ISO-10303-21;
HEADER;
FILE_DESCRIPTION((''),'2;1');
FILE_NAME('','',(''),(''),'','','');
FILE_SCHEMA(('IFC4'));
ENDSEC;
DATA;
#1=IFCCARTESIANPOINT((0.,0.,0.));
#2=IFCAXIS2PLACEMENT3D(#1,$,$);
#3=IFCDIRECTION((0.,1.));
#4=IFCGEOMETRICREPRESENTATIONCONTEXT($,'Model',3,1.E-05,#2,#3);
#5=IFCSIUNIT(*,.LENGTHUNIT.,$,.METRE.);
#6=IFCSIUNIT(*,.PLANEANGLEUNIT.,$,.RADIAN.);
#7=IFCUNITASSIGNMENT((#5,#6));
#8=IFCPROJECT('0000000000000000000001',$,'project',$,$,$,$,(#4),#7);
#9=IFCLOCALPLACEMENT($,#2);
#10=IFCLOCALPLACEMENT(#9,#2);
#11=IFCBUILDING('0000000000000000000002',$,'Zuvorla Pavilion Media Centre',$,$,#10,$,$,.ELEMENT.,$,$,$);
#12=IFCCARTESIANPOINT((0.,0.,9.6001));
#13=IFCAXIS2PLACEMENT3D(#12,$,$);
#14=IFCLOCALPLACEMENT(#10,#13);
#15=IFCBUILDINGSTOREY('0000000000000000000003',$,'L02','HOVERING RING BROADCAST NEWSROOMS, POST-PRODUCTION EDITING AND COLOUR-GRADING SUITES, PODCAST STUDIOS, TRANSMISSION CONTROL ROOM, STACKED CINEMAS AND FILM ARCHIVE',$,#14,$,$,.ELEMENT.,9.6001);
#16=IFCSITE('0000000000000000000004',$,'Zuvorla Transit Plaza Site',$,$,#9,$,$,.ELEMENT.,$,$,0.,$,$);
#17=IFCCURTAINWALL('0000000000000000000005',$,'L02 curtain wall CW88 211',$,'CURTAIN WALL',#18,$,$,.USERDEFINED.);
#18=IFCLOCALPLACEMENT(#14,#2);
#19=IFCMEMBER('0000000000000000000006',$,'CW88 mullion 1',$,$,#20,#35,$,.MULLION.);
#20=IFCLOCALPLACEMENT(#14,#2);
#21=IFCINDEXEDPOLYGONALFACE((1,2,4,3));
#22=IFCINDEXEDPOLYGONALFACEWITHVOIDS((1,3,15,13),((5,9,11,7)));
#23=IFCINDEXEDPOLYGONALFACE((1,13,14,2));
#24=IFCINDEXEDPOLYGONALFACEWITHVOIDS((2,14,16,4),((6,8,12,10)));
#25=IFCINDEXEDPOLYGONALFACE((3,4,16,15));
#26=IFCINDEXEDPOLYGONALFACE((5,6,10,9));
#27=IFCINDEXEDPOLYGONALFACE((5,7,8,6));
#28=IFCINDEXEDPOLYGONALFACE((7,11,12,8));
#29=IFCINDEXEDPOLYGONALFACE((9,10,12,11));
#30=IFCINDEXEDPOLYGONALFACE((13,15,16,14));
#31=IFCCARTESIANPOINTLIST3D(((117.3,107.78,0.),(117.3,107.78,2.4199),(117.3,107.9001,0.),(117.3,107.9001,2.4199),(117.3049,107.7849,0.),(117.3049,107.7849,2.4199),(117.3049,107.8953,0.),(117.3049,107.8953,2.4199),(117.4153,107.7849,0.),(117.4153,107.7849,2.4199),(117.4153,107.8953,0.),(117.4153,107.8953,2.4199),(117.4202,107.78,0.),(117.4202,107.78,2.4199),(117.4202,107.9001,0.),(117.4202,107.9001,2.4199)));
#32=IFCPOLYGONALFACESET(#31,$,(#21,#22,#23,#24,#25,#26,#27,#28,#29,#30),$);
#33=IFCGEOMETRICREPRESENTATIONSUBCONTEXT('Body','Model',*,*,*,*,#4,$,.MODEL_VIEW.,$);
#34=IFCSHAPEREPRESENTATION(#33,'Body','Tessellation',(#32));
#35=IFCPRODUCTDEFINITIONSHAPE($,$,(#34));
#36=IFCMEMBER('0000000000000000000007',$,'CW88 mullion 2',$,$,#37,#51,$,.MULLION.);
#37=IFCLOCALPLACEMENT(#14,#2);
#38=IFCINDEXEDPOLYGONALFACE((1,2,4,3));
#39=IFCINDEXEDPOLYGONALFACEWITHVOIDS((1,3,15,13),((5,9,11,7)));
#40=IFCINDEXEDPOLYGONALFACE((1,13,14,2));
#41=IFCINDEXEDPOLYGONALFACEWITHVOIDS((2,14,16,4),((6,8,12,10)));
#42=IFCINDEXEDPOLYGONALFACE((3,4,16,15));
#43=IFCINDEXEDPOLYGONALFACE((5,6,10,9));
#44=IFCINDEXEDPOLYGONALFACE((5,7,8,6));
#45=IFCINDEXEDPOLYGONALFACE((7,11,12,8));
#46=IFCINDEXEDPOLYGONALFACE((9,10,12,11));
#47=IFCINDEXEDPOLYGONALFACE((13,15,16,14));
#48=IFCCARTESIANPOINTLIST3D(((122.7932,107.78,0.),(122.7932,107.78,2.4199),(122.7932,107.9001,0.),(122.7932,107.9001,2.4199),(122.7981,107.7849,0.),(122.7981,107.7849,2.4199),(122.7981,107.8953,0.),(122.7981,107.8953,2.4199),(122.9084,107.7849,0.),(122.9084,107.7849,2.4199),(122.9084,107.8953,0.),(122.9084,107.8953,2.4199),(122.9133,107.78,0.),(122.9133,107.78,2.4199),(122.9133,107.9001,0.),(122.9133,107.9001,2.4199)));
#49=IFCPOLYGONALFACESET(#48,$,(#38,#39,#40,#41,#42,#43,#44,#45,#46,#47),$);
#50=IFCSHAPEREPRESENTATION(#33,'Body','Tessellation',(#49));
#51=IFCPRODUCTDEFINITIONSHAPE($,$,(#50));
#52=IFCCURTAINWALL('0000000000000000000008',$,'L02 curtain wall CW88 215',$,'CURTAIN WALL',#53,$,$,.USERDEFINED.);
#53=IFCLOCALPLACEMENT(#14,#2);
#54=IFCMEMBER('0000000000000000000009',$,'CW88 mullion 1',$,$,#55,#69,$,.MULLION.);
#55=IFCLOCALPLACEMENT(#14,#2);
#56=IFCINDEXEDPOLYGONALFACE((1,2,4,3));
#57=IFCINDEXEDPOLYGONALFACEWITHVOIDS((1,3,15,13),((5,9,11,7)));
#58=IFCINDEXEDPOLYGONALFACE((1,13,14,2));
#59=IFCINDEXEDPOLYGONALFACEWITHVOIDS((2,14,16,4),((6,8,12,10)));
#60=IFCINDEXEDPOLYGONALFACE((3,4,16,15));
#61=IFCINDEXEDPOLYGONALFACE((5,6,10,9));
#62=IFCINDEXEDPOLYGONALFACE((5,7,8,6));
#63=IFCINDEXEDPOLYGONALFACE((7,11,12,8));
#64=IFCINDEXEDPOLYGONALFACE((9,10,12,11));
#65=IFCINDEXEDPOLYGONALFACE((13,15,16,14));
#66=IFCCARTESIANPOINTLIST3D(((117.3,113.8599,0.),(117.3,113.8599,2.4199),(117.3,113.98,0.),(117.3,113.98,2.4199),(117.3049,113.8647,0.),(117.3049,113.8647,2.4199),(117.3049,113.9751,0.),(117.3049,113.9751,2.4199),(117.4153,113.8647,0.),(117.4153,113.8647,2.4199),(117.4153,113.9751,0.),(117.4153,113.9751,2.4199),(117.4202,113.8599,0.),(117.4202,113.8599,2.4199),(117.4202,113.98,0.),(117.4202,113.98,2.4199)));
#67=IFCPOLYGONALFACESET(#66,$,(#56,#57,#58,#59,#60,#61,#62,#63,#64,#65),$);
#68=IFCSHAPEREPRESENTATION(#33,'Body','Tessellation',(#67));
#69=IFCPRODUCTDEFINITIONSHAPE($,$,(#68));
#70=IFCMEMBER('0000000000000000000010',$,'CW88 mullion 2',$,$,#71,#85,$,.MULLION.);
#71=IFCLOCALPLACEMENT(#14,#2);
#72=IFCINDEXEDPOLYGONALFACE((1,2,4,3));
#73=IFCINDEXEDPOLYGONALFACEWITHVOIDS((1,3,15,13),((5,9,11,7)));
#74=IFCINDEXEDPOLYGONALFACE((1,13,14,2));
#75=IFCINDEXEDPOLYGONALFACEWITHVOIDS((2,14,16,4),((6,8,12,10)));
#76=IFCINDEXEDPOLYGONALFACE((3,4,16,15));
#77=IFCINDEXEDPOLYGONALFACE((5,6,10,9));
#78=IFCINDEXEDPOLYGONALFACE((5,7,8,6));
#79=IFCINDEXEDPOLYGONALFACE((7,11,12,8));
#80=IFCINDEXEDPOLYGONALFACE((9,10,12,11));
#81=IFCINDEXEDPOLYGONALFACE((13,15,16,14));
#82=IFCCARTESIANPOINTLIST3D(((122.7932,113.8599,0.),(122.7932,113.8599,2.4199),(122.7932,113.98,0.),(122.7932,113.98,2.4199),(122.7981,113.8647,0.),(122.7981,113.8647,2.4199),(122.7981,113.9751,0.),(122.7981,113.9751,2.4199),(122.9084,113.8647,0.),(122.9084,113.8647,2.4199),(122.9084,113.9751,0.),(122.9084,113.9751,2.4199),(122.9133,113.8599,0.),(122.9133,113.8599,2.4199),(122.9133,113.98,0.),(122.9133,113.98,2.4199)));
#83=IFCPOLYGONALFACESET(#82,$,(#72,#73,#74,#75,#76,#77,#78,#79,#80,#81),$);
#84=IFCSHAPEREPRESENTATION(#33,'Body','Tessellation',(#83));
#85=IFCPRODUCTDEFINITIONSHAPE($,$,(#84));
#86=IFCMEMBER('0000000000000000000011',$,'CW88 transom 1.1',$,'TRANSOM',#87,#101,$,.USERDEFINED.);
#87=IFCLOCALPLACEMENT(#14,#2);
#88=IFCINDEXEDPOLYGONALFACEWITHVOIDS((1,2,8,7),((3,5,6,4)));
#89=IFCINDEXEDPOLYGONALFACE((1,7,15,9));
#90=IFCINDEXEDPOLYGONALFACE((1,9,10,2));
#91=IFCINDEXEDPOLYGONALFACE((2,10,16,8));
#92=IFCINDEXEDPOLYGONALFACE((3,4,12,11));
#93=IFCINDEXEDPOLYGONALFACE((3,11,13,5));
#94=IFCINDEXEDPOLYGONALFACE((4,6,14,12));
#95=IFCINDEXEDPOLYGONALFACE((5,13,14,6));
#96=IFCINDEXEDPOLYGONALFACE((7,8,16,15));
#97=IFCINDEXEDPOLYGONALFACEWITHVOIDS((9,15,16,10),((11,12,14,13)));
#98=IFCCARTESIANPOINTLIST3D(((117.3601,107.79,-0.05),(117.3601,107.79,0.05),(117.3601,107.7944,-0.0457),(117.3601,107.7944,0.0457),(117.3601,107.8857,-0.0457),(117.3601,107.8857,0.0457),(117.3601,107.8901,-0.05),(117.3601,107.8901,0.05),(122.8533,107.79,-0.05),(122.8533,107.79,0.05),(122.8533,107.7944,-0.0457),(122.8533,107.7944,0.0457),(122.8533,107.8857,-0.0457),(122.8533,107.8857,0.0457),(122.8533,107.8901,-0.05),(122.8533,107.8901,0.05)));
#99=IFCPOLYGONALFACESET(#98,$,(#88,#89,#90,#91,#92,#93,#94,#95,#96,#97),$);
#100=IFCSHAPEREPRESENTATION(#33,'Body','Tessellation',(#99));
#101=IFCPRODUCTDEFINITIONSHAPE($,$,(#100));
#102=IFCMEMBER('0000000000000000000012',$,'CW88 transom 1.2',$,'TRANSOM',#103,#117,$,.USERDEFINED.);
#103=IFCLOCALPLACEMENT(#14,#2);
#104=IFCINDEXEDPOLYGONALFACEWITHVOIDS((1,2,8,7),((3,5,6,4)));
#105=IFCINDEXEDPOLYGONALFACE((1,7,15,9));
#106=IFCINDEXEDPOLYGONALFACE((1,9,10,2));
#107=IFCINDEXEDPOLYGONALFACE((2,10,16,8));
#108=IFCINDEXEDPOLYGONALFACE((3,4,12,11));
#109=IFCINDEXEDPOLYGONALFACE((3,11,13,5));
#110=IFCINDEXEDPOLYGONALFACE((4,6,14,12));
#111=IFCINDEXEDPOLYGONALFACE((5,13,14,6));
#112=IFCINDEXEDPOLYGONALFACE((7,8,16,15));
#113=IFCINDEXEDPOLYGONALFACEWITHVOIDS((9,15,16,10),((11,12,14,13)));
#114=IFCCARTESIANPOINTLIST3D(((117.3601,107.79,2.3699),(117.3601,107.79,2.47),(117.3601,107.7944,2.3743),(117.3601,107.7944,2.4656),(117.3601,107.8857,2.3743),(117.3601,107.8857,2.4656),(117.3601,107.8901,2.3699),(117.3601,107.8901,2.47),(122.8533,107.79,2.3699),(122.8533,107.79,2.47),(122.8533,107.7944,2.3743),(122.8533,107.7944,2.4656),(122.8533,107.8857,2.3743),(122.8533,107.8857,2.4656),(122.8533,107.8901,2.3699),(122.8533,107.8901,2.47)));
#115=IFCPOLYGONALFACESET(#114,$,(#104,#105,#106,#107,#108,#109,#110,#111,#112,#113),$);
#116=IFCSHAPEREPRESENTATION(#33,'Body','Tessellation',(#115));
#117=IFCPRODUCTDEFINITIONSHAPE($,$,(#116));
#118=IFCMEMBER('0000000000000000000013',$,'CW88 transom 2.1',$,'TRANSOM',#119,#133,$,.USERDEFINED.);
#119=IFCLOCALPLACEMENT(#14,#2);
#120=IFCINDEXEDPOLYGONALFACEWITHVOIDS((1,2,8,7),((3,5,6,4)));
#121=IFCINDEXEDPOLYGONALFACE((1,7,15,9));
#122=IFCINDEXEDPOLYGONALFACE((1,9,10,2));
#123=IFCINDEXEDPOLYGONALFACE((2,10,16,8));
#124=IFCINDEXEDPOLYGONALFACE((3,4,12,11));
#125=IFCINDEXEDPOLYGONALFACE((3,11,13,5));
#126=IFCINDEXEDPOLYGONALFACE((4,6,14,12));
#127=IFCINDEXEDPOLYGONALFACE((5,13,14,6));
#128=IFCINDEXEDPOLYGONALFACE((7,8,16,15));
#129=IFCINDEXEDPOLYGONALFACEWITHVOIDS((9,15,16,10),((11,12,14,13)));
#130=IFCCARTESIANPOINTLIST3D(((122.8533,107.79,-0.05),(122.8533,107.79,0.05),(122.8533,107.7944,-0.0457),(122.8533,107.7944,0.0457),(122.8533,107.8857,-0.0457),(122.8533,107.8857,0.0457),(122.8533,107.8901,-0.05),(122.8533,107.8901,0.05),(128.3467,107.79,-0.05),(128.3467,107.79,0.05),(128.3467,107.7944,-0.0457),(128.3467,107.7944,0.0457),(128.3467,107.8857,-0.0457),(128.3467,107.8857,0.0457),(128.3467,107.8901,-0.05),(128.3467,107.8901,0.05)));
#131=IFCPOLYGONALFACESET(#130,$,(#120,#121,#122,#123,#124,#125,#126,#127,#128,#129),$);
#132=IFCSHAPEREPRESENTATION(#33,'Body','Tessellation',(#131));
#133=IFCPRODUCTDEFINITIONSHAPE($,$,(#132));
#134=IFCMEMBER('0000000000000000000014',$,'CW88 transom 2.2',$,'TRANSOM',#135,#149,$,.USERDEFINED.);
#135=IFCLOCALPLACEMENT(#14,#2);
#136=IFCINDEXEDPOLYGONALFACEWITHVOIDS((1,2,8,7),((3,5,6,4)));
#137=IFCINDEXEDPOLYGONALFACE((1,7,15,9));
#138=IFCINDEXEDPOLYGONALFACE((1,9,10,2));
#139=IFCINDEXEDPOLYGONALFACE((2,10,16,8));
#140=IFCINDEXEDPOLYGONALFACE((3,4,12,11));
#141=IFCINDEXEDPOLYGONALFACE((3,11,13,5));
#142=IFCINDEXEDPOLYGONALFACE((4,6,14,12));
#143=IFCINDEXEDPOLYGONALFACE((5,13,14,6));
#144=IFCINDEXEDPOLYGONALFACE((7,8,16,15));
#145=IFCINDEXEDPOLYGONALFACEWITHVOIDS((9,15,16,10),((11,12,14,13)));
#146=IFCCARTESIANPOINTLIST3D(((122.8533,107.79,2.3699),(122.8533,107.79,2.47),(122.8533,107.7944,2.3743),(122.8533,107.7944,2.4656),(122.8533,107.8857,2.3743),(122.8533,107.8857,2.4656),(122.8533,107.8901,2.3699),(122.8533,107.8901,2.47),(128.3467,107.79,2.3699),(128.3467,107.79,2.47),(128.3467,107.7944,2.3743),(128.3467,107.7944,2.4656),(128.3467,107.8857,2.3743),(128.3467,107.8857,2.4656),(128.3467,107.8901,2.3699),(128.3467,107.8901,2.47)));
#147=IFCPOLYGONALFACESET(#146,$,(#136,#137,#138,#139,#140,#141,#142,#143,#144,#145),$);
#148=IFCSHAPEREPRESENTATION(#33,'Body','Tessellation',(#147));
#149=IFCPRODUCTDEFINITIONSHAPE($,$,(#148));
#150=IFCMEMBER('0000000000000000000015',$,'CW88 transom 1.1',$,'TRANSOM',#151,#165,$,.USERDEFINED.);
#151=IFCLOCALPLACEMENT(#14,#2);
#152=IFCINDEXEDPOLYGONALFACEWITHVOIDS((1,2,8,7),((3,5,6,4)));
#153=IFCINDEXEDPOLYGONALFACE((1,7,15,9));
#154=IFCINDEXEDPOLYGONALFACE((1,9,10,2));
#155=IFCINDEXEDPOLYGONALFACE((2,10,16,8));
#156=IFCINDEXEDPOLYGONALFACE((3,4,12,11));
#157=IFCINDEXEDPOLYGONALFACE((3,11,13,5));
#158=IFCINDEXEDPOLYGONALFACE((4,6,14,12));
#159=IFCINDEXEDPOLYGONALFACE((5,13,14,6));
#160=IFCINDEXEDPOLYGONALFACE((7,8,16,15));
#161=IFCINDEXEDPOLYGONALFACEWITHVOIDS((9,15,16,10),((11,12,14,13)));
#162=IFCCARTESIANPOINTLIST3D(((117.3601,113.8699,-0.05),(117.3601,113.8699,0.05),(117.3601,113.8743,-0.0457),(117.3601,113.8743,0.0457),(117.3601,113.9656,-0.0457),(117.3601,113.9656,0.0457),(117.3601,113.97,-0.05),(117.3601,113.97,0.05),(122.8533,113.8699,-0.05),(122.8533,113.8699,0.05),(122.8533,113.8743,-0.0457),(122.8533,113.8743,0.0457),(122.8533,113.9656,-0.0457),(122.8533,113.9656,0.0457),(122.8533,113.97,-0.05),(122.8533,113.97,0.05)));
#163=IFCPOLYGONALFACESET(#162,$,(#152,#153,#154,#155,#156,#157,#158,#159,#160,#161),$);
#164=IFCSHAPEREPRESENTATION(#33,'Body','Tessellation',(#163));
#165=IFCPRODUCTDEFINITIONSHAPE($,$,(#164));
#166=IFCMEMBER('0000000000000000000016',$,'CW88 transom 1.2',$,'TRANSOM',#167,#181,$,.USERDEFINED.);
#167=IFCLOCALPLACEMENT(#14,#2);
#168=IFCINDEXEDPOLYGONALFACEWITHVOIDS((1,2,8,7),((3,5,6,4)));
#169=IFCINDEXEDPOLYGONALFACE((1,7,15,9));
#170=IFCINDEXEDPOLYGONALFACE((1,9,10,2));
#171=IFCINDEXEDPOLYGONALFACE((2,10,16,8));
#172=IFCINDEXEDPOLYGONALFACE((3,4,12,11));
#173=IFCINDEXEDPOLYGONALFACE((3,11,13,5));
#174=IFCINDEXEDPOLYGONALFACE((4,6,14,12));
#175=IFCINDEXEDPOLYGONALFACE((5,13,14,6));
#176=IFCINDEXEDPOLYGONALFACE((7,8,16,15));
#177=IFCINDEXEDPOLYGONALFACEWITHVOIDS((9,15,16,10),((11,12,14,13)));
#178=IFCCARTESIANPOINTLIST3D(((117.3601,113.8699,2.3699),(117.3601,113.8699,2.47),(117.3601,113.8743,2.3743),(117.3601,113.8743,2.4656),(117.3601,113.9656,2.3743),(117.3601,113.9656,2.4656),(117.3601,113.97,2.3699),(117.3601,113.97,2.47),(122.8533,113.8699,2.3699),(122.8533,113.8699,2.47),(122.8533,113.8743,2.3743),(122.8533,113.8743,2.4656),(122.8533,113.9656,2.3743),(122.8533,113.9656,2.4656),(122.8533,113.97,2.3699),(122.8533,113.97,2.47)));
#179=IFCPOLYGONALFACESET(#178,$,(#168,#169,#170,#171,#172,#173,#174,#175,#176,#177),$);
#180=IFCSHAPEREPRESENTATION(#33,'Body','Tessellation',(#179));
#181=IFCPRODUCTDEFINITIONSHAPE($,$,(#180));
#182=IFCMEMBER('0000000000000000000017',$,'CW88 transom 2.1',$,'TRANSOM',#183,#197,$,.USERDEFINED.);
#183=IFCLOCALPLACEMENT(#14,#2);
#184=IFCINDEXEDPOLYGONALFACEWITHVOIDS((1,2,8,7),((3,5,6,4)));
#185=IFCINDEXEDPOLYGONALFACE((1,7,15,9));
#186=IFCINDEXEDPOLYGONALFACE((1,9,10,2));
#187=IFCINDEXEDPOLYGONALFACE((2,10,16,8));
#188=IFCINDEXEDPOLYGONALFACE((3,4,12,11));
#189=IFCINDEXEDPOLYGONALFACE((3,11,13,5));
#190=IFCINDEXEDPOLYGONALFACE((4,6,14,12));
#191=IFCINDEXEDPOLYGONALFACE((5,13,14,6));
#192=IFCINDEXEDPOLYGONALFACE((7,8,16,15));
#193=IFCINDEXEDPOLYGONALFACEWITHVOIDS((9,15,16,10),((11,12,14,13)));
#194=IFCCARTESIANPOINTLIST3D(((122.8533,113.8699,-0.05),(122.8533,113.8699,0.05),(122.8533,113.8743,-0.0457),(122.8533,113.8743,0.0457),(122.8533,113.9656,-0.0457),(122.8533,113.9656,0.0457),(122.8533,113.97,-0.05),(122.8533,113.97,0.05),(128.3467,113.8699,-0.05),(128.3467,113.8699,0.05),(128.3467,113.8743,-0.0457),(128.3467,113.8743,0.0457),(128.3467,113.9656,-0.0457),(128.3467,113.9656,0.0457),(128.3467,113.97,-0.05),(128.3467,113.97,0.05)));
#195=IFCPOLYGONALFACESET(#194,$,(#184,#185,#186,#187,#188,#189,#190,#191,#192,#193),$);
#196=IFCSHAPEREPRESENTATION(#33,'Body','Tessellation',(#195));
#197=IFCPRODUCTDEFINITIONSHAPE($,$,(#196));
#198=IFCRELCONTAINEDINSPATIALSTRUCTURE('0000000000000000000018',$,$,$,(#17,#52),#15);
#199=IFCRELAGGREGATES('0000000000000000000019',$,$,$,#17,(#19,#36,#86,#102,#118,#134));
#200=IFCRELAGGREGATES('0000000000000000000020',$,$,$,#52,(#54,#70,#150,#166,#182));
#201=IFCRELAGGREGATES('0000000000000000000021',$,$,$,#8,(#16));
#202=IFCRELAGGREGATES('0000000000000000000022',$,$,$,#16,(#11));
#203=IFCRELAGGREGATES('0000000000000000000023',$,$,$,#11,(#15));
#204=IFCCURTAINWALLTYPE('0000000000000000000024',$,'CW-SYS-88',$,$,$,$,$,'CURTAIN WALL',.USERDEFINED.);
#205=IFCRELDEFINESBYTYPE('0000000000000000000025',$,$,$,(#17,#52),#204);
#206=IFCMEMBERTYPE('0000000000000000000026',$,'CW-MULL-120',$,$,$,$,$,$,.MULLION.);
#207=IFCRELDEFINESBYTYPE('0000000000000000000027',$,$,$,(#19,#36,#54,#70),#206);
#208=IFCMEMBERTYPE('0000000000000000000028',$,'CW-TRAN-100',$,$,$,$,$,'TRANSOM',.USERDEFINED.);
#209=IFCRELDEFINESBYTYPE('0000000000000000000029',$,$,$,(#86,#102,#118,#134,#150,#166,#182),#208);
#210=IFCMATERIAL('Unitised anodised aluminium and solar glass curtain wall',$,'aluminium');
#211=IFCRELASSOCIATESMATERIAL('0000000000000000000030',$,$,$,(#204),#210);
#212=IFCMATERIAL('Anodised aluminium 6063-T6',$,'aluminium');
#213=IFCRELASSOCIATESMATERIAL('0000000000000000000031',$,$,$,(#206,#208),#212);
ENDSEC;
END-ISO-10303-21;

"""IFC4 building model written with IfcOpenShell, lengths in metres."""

from ifc_helpers import new_model, si_unit, direction, frame, origin, origin_2d, place, context, subcontext, project, spatial, hollow_rectangle, extrude, material, material_profile, profile_set, type_object, element, aggregate, save


model = new_model("IFC4")

# Units and contexts
model_context = context("Model", 3, precision=1e-05, world=origin(), true_north=direction((0.0, 1.0)))
body_context = subcontext(model_context, "Body", "Model", "MODEL_VIEW")
ifc_project = project(units=[si_unit("LENGTHUNIT", "METRE"), si_unit("PLANEANGLEUNIT", "RADIAN")], contexts=[model_context])

# Site, building, storey
site_placement = place(None, origin())
site = spatial("IfcSite", under=ifc_project, at=site_placement, Name="Zuvorla Transit Plaza Site", CompositionType="ELEMENT", RefElevation=0.0)
building_placement = place(site_placement, origin())
building = spatial("IfcBuilding", under=site, at=building_placement, Name="Zuvorla Pavilion Media Centre", CompositionType="ELEMENT")
storey_placement = place(building_placement, frame((0.0, 0.0, 9.6001)))
storey = spatial("IfcBuildingStorey", under=building, at=storey_placement, Name="L02", Description="HOVERING RING BROADCAST NEWSROOMS, POST-PRODUCTION EDITING AND COLOUR-GRADING SUITES, PODCAST STUDIOS, TRANSMISSION CONTROL ROOM, STACKED CINEMAS AND FILM ARCHIVE", CompositionType="ELEMENT", Elevation=9.6001)

# Curtain walls, members
ifc_material_1 = material(Name="Unitised anodised aluminium and solar glass curtain wall", Category="aluminium")
curtain_wall_type = type_object("IfcCurtainWallType", Name="CW-SYS-88", ElementType="CURTAIN WALL", PredefinedType="USERDEFINED", material=ifc_material_1)
curtain_wall_1_placement = place(storey_placement, origin())
curtain_wall_1 = element("IfcCurtainWall", 1, at=curtain_wall_1_placement, inside=storey, type_object=curtain_wall_type, Name="L02 curtain wall CW88 211", ObjectType="CURTAIN WALL", PredefinedType="USERDEFINED")
ifc_material_2 = material(Name="Anodised aluminium 6063-T6", Category="aluminium")
ifc_material_profile_1 = material_profile(ifc_material_2, hollow_rectangle(XDim=0.1201, YDim=0.1201, WallThickness=0.0049, at=origin_2d()), Name="ALU MULL 120x120")
ifc_profile_set_1 = profile_set([ifc_material_profile_1], Name="Anodised aluminium 6063-T6")
member_type_1 = type_object("IfcMemberType", Name="CW-MULL-120", PredefinedType="MULLION", material=ifc_profile_set_1)
member_1_placement = place(storey_placement, frame((117.3601, 107.8401, 0.0), z_axis=(0.0, 0.0, 1.0), x_axis=(1.0, 0.0, 0.0)))
member_1 = element("IfcMember", 2, at=member_1_placement, type_object=member_type_1, Name="CW88 mullion 1", PredefinedType="MULLION", context=body_context, shape_type="SweptSolid", body=[
    extrude(hollow_rectangle(XDim=0.1201, YDim=0.1201, WallThickness=0.0049, at=origin_2d()), origin(), (0.0, 0.0, 1.0), 2.4199),
])
member_2_placement = place(storey_placement, frame((122.8533, 107.8401, 0.0), z_axis=(0.0, 0.0, 1.0), x_axis=(1.0, 0.0, 0.0)))
member_2 = element("IfcMember", 3, at=member_2_placement, type_object=member_type_1, Name="CW88 mullion 2", PredefinedType="MULLION", context=body_context, shape_type="SweptSolid", body=[
    extrude(hollow_rectangle(XDim=0.1201, YDim=0.1201, WallThickness=0.0049, at=origin_2d()), origin(), (0.0, 0.0, 1.0), 2.4199),
])
curtain_wall_2_placement = place(storey_placement, origin())
curtain_wall_2 = element("IfcCurtainWall", 4, at=curtain_wall_2_placement, inside=storey, type_object=curtain_wall_type, Name="L02 curtain wall CW88 215", ObjectType="CURTAIN WALL", PredefinedType="USERDEFINED")
member_3_placement = place(storey_placement, frame((117.3601, 113.9199, 0.0), z_axis=(0.0, 0.0, 1.0), x_axis=(1.0, 0.0, 0.0)))
member_3 = element("IfcMember", 5, at=member_3_placement, type_object=member_type_1, Name="CW88 mullion 1", PredefinedType="MULLION", context=body_context, shape_type="SweptSolid", body=[
    extrude(hollow_rectangle(XDim=0.1201, YDim=0.1201, WallThickness=0.0049, at=origin_2d()), origin(), (0.0, 0.0, 1.0), 2.4199),
])
member_4_placement = place(storey_placement, frame((122.8533, 113.9199, 0.0), z_axis=(0.0, 0.0, 1.0), x_axis=(1.0, 0.0, 0.0)))
member_4 = element("IfcMember", 6, at=member_4_placement, type_object=member_type_1, Name="CW88 mullion 2", PredefinedType="MULLION", context=body_context, shape_type="SweptSolid", body=[
    extrude(hollow_rectangle(XDim=0.1201, YDim=0.1201, WallThickness=0.0049, at=origin_2d()), origin(), (0.0, 0.0, 1.0), 2.4199),
])

# Members
ifc_material_profile_2 = material_profile(ifc_material_2, hollow_rectangle(XDim=0.1001, YDim=0.1001, WallThickness=0.0044, at=origin_2d()), Name="ALU TRAN 100x100")
ifc_profile_set_2 = profile_set([ifc_material_profile_2], Name="Anodised aluminium 6063-T6")
member_type_2 = type_object("IfcMemberType", Name="CW-TRAN-100", ElementType="TRANSOM", PredefinedType="USERDEFINED", material=ifc_profile_set_2)
member_5_placement = place(storey_placement, frame((117.3601, 107.8401, 0.0), z_axis=(1.0, 0.0, 0.0), x_axis=(0.0, 1.0, 0.0)))
member_5 = element("IfcMember", 7, at=member_5_placement, type_object=member_type_2, Name="CW88 transom 1.1", ObjectType="TRANSOM", PredefinedType="USERDEFINED", context=body_context, shape_type="SweptSolid", body=[
    extrude(hollow_rectangle(XDim=0.1001, YDim=0.1001, WallThickness=0.0044, at=origin_2d()), origin(), (0.0, 0.0, 1.0), 5.4932),
])
member_6_placement = place(storey_placement, frame((117.3601, 107.8401, 2.4199), z_axis=(1.0, 0.0, 0.0), x_axis=(0.0, 1.0, 0.0)))
member_6 = element("IfcMember", 8, at=member_6_placement, type_object=member_type_2, Name="CW88 transom 1.2", ObjectType="TRANSOM", PredefinedType="USERDEFINED", context=body_context, shape_type="SweptSolid", body=[
    extrude(hollow_rectangle(XDim=0.1001, YDim=0.1001, WallThickness=0.0044, at=origin_2d()), origin(), (0.0, 0.0, 1.0), 5.4932),
])
member_7_placement = place(storey_placement, frame((122.8533, 107.8401, 0.0), z_axis=(1.0, 0.0, 0.0), x_axis=(0.0, 1.0, 0.0)))
member_7 = element("IfcMember", 9, at=member_7_placement, type_object=member_type_2, Name="CW88 transom 2.1", ObjectType="TRANSOM", PredefinedType="USERDEFINED", context=body_context, shape_type="SweptSolid", body=[
    extrude(hollow_rectangle(XDim=0.1001, YDim=0.1001, WallThickness=0.0044, at=origin_2d()), origin(), (0.0, 0.0, 1.0), 5.4934),
])
member_8_placement = place(storey_placement, frame((122.8533, 107.8401, 2.4199), z_axis=(1.0, 0.0, 0.0), x_axis=(0.0, 1.0, 0.0)))
member_8 = element("IfcMember", 10, at=member_8_placement, type_object=member_type_2, Name="CW88 transom 2.2", ObjectType="TRANSOM", PredefinedType="USERDEFINED", context=body_context, shape_type="SweptSolid", body=[
    extrude(hollow_rectangle(XDim=0.1001, YDim=0.1001, WallThickness=0.0044, at=origin_2d()), origin(), (0.0, 0.0, 1.0), 5.4934),
])
member_9_placement = place(storey_placement, frame((117.3601, 113.9199, 0.0), z_axis=(1.0, 0.0, 0.0), x_axis=(0.0, 1.0, 0.0)))
member_9 = element("IfcMember", 11, at=member_9_placement, type_object=member_type_2, Name="CW88 transom 1.1", ObjectType="TRANSOM", PredefinedType="USERDEFINED", context=body_context, shape_type="SweptSolid", body=[
    extrude(hollow_rectangle(XDim=0.1001, YDim=0.1001, WallThickness=0.0044, at=origin_2d()), origin(), (0.0, 0.0, 1.0), 5.4932),
])
member_10_placement = place(storey_placement, frame((117.3601, 113.9199, 2.4199), z_axis=(1.0, 0.0, 0.0), x_axis=(0.0, 1.0, 0.0)))
member_10 = element("IfcMember", 12, at=member_10_placement, type_object=member_type_2, Name="CW88 transom 1.2", ObjectType="TRANSOM", PredefinedType="USERDEFINED", context=body_context, shape_type="SweptSolid", body=[
    extrude(hollow_rectangle(XDim=0.1001, YDim=0.1001, WallThickness=0.0044, at=origin_2d()), origin(), (0.0, 0.0, 1.0), 5.4932),
])
member_11_placement = place(storey_placement, frame((122.8533, 113.9199, 0.0), z_axis=(1.0, 0.0, 0.0), x_axis=(0.0, 1.0, 0.0)))
member_11 = element("IfcMember", 13, at=member_11_placement, type_object=member_type_2, Name="CW88 transom 2.1", ObjectType="TRANSOM", PredefinedType="USERDEFINED", context=body_context, shape_type="SweptSolid", body=[
    extrude(hollow_rectangle(XDim=0.1001, YDim=0.1001, WallThickness=0.0044, at=origin_2d()), origin(), (0.0, 0.0, 1.0), 5.4934),
])

aggregate(curtain_wall_1, [member_1, member_2, member_5, member_6, member_7, member_8])
aggregate(curtain_wall_2, [member_3, member_4, member_9, member_10, member_11])

save(model, "model.ifc")
